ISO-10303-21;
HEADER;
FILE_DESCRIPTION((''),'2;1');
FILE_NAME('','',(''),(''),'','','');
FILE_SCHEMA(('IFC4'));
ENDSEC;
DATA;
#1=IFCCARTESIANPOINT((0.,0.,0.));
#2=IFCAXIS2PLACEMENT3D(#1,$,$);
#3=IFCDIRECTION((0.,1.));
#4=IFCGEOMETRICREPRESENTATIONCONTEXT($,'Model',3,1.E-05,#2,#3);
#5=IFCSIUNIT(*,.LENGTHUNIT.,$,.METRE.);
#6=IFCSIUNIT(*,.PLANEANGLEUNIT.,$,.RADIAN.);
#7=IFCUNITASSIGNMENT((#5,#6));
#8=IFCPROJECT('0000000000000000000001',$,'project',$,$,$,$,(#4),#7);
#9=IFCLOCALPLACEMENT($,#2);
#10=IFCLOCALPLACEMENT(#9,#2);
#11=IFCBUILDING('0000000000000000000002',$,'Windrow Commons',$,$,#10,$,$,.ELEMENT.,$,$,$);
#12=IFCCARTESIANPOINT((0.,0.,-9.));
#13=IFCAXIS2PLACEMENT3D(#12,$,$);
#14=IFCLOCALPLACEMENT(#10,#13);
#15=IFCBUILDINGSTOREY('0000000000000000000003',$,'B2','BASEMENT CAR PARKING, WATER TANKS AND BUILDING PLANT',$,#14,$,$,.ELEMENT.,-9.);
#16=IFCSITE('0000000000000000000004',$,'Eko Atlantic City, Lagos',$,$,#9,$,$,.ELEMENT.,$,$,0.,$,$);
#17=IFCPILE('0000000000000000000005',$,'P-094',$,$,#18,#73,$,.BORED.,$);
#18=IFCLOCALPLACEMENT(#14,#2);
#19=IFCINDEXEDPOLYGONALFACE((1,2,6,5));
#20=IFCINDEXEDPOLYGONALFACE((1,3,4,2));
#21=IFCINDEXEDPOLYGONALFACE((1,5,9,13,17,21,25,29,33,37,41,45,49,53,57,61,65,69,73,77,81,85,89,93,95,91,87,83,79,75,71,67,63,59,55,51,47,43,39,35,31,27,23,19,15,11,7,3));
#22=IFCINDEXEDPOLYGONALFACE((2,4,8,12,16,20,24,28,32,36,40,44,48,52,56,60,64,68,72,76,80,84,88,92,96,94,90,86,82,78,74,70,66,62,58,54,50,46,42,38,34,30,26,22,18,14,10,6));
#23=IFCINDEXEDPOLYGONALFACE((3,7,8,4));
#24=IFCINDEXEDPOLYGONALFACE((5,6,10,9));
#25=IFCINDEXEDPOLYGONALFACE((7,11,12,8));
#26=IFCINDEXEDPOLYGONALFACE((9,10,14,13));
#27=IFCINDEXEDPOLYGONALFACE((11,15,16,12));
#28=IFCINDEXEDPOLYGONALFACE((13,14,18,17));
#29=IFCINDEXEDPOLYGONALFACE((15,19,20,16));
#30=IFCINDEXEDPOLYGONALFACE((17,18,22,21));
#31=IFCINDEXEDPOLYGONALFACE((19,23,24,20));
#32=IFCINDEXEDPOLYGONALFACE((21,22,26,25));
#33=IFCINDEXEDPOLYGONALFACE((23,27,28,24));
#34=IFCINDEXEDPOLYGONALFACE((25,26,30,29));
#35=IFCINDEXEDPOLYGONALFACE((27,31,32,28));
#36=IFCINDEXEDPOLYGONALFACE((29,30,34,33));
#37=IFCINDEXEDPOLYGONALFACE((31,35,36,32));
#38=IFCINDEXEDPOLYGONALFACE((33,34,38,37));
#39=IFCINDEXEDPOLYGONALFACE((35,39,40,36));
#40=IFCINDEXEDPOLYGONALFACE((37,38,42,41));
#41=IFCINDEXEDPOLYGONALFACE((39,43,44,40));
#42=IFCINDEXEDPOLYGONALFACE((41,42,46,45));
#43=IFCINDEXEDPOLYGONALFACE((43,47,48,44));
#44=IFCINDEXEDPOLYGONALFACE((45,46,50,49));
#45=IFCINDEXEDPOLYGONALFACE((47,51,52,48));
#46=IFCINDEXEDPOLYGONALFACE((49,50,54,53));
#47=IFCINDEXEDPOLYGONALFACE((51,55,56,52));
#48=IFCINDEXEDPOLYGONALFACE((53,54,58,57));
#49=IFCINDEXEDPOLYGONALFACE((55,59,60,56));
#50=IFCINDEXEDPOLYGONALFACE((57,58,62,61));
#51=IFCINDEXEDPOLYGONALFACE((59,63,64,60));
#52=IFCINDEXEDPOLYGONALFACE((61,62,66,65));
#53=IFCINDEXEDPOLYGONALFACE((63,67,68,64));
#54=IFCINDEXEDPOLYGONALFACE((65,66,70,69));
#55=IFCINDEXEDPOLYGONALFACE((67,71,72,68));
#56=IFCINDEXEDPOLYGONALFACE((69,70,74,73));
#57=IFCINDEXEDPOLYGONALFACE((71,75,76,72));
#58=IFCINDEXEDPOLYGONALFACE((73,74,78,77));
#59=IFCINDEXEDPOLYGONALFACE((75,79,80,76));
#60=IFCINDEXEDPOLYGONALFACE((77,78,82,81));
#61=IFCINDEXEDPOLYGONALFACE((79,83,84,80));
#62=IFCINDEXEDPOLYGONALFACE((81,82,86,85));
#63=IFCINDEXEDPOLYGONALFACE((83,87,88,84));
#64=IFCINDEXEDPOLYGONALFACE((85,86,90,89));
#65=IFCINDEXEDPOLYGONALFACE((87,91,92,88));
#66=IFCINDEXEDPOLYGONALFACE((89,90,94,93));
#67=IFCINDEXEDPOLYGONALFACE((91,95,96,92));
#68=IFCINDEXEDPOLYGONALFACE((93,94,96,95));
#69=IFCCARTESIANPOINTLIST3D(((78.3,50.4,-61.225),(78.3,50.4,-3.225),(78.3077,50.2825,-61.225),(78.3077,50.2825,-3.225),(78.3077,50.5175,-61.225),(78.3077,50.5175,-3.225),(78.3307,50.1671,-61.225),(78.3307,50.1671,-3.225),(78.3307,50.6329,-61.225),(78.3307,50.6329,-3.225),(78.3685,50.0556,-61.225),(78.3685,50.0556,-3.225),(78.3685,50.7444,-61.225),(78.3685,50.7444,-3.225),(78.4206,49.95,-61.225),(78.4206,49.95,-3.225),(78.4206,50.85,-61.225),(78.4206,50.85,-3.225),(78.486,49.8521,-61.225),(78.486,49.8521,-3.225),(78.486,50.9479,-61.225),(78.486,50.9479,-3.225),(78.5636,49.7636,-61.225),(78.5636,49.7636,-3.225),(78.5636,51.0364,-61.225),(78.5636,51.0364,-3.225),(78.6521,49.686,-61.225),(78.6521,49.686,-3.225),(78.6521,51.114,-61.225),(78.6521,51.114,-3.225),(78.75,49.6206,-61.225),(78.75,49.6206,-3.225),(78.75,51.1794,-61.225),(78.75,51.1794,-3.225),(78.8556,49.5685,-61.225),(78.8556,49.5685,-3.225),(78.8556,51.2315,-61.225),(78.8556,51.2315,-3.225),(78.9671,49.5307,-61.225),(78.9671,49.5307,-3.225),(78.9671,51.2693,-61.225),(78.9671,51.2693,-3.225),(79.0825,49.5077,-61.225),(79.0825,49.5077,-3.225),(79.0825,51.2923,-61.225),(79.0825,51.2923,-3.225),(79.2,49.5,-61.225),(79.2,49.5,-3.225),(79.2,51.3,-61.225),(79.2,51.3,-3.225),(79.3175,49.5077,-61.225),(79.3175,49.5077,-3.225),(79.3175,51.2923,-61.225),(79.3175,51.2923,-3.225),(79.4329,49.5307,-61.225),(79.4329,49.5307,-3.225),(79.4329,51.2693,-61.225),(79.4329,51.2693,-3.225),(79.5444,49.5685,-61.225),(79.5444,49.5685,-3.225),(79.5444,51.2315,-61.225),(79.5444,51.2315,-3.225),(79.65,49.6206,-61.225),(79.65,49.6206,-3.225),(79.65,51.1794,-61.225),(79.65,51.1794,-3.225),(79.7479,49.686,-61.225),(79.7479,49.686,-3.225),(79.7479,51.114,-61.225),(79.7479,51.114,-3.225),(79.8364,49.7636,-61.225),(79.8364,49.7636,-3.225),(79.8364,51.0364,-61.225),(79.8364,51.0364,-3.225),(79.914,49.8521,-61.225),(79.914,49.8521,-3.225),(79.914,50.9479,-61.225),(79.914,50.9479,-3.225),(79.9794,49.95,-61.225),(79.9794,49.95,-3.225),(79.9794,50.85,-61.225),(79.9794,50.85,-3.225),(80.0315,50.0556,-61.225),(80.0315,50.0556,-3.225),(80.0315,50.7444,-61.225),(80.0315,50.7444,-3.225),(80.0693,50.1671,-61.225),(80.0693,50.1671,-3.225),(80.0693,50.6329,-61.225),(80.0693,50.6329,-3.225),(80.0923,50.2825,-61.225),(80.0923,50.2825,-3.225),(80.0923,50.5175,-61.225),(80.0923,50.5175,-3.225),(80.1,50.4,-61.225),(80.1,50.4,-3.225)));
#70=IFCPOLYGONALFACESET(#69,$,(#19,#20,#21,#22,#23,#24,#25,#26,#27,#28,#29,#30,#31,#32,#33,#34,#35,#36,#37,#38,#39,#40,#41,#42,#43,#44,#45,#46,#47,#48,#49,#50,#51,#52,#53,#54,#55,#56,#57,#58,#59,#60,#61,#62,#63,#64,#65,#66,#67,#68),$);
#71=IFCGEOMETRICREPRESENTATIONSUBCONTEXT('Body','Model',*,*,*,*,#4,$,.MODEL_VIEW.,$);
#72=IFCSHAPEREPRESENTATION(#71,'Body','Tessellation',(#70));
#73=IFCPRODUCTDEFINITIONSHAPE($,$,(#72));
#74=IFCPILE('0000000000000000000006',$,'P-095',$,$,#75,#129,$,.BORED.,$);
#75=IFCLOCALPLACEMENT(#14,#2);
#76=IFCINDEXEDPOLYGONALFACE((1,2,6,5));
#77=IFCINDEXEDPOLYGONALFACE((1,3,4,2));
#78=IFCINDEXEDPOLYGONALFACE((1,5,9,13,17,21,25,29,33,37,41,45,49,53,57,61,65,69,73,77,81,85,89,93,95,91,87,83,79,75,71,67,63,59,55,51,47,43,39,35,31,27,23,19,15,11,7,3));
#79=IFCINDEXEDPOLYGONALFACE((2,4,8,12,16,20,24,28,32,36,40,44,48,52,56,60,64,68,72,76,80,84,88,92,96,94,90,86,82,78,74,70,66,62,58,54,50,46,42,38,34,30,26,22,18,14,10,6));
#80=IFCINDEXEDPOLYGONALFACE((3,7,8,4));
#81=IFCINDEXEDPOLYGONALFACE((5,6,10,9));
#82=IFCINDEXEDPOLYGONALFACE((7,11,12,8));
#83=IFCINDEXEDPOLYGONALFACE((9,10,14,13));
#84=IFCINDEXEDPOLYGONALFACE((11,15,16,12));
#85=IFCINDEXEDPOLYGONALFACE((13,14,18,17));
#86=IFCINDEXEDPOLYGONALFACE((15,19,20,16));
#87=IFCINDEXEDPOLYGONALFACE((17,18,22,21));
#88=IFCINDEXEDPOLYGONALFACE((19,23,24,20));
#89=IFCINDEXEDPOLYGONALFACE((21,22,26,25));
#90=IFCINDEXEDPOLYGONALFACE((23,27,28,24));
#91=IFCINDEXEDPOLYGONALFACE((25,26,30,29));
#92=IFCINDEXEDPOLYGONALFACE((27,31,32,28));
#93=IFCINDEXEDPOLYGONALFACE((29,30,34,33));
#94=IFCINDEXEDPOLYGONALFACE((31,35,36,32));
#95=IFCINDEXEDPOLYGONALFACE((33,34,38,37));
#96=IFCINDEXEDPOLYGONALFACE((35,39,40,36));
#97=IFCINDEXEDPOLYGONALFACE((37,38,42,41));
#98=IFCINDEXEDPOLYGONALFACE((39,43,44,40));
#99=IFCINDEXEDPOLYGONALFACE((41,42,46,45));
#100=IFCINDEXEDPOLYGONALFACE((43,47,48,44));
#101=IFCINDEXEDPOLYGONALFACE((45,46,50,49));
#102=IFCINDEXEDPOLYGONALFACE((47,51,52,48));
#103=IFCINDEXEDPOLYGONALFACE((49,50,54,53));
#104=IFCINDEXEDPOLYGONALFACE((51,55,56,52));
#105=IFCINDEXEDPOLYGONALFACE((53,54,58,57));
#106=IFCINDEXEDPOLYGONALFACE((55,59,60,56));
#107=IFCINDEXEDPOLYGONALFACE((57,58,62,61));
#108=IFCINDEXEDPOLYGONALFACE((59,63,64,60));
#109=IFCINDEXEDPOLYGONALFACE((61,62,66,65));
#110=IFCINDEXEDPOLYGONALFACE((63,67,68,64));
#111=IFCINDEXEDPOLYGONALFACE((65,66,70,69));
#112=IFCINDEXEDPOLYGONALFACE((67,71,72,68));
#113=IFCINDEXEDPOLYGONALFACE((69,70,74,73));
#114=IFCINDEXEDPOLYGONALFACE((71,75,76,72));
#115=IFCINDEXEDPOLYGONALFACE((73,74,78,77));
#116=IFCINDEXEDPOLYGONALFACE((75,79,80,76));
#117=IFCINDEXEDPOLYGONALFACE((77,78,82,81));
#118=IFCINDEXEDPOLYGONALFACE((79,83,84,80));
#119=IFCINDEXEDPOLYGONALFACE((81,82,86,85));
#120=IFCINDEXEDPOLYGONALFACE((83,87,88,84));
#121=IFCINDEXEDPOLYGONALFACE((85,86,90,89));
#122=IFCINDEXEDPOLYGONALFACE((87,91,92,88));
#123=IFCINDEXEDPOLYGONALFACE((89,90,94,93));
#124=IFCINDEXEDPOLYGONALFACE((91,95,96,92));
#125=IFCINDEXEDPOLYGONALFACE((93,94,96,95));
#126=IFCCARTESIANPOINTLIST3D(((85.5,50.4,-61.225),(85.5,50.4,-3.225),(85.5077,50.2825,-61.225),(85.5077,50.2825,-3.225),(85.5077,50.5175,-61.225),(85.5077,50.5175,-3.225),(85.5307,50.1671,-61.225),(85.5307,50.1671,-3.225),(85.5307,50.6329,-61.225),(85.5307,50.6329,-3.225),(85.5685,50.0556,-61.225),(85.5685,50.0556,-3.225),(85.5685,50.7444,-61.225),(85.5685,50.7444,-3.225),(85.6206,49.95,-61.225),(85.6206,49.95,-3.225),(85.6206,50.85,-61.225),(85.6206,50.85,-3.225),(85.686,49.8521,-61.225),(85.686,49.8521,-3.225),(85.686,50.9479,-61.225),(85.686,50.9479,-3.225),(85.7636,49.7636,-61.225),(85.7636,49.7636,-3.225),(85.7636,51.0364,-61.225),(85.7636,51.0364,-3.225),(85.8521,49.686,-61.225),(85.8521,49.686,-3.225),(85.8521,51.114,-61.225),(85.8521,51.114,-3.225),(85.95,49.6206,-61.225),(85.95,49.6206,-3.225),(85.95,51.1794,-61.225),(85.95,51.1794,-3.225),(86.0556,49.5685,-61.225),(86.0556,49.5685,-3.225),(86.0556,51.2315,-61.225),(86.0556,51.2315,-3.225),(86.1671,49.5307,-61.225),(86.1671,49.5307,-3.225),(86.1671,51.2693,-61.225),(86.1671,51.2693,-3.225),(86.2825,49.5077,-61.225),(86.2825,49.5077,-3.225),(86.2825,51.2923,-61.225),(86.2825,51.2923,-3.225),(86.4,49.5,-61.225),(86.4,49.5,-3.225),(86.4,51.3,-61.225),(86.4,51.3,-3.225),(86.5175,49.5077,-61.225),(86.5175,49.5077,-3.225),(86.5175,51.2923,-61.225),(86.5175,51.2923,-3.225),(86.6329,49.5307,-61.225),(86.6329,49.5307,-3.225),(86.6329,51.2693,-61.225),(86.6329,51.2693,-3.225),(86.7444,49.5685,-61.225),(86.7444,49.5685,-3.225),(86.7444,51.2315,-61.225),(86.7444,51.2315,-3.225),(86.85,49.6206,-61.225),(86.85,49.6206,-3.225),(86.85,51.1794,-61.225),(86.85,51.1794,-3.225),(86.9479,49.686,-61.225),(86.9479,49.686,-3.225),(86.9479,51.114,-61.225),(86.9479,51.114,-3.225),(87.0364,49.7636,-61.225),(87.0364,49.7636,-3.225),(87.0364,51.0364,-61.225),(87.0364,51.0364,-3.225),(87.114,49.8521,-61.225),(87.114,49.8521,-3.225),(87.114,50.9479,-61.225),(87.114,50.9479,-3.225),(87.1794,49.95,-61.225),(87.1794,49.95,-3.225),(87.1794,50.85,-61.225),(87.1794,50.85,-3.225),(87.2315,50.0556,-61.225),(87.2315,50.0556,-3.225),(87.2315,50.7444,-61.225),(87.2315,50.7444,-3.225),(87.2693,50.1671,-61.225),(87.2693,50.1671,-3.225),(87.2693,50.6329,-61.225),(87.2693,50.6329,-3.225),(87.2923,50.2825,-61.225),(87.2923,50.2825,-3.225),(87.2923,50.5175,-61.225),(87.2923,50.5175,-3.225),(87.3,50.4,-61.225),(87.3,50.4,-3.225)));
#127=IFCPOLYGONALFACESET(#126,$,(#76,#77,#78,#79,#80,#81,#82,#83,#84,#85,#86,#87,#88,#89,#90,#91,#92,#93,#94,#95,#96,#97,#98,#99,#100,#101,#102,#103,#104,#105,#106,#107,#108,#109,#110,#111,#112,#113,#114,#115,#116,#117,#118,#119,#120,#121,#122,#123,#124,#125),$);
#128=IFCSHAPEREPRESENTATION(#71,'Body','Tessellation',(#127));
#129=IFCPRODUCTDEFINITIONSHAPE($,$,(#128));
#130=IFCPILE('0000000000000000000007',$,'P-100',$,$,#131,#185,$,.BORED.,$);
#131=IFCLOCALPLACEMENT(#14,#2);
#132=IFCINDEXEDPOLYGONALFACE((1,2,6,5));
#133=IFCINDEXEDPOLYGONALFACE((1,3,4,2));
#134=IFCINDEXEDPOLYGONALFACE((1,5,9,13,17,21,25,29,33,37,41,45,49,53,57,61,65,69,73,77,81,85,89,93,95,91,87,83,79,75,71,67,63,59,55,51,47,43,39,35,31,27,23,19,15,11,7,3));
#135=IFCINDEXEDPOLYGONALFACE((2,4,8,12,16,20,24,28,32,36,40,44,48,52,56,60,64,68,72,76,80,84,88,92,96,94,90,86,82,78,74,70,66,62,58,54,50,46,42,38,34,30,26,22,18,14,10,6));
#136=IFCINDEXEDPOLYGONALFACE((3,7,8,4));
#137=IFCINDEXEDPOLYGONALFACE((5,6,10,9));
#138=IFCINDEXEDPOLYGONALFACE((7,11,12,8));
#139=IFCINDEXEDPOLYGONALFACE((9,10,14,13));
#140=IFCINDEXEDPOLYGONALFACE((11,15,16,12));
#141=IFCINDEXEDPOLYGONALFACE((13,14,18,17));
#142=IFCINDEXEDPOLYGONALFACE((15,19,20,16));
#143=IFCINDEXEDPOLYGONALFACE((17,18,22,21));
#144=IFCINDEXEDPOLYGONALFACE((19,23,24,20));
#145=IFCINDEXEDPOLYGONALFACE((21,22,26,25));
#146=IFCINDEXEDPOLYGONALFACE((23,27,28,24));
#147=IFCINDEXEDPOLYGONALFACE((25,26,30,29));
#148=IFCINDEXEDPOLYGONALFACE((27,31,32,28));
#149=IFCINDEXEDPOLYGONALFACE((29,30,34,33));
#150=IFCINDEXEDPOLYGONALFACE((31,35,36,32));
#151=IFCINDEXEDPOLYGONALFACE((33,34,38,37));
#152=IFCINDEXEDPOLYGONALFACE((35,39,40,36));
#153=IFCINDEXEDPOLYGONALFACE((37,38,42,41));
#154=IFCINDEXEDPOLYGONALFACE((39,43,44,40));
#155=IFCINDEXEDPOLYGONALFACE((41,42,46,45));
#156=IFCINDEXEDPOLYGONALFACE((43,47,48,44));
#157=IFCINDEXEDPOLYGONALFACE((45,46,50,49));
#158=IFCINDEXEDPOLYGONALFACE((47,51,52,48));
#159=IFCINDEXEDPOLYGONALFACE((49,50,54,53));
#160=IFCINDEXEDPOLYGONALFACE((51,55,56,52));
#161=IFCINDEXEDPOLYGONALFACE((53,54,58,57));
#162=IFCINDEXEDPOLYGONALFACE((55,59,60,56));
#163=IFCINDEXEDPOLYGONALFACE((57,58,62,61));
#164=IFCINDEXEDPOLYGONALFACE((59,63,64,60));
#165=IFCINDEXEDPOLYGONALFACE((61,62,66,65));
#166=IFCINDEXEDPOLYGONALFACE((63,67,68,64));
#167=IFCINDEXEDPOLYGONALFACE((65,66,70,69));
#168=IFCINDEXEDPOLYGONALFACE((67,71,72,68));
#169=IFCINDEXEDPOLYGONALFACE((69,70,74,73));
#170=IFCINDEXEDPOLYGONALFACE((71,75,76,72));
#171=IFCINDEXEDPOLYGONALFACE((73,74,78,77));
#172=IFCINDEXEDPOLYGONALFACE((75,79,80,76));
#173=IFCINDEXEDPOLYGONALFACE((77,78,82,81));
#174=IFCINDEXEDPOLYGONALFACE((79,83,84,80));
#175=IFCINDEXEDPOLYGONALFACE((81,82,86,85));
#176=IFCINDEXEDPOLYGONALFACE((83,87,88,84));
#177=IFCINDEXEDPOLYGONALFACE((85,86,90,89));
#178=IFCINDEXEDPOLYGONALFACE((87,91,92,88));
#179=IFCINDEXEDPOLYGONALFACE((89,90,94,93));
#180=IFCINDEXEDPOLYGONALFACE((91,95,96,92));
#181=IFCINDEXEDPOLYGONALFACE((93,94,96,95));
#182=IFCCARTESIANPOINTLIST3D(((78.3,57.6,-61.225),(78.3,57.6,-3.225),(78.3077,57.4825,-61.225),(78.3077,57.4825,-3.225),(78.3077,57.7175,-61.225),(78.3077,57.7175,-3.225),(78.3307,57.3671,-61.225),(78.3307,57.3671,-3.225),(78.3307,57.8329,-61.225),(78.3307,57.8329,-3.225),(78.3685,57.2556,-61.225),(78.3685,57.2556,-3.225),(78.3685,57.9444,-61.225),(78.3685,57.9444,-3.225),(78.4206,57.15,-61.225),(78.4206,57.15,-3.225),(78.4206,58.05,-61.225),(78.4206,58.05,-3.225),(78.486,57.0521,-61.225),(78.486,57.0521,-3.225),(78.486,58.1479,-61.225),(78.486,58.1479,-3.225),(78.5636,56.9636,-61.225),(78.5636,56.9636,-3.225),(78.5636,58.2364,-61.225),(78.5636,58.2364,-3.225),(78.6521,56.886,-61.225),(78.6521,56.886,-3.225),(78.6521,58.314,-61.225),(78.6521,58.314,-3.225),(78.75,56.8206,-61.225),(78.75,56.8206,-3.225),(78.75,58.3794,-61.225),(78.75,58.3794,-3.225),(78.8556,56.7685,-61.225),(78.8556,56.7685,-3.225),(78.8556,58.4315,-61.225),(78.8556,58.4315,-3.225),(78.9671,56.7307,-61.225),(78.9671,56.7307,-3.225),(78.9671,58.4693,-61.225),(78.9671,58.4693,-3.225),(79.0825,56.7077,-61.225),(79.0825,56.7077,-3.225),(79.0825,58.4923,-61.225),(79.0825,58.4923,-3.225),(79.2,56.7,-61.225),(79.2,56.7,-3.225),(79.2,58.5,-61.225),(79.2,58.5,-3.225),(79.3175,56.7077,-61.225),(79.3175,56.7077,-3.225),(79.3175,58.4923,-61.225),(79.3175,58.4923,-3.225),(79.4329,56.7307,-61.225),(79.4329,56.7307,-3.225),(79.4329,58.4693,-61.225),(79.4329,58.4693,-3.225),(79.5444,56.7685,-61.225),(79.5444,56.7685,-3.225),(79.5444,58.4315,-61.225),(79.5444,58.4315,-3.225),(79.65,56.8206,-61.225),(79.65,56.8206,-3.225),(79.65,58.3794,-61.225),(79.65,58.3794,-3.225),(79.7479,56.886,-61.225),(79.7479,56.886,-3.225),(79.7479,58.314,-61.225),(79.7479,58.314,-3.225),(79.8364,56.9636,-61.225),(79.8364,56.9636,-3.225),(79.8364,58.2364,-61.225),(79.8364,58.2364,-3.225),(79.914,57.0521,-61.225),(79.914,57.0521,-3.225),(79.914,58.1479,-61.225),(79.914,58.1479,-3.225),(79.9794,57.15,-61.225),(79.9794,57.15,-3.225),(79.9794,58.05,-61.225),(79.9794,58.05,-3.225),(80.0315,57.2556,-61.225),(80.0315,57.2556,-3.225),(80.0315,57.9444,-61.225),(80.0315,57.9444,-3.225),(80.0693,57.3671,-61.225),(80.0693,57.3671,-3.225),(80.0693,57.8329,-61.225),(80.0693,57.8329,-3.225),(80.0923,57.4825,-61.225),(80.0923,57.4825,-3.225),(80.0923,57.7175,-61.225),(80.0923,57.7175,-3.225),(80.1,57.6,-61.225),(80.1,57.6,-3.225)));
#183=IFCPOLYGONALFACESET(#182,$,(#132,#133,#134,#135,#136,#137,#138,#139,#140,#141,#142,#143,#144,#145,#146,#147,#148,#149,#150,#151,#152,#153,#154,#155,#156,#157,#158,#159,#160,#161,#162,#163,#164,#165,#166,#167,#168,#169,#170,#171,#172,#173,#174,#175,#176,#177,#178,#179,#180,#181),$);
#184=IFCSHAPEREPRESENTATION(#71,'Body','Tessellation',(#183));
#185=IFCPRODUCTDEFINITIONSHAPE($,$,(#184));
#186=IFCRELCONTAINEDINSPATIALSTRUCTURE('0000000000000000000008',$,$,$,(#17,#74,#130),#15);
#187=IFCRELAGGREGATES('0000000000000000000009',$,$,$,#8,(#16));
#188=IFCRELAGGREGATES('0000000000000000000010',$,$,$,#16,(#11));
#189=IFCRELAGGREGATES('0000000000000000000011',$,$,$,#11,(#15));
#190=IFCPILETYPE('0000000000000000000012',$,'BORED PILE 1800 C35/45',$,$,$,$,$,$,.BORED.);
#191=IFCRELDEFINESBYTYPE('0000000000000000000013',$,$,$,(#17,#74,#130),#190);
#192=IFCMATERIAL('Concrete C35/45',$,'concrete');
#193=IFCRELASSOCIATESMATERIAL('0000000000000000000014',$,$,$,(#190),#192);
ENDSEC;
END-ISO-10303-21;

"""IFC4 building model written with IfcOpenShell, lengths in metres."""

from ifc_helpers import new_model, si_unit, direction, frame, origin, origin_2d, place, context, subcontext, project, spatial, circle, extrude, material, material_profile, profile_set, type_object, element, save


model = new_model("IFC4")

# Units and contexts
model_context = context("Model", 3, precision=1e-05, world=origin(), true_north=direction((0.0, 1.0)))
body_context = subcontext(model_context, "Body", "Model", "MODEL_VIEW")
ifc_project = project(units=[si_unit("LENGTHUNIT", "METRE"), si_unit("PLANEANGLEUNIT", "RADIAN")], contexts=[model_context])

# Site, building, storey
site_placement = place(None, origin())
site = spatial("IfcSite", under=ifc_project, at=site_placement, Name="Eko Atlantic City, Lagos", CompositionType="ELEMENT", RefElevation=0.0)
building_placement = place(site_placement, origin())
building = spatial("IfcBuilding", under=site, at=building_placement, Name="Windrow Commons", CompositionType="ELEMENT")
storey_placement = place(building_placement, frame((0.0, 0.0, -9.0)))
storey = spatial("IfcBuildingStorey", under=building, at=storey_placement, Name="B2", Description="BASEMENT CAR PARKING, WATER TANKS AND BUILDING PLANT", CompositionType="ELEMENT", Elevation=-9.0)

# Piles
ifc_material_1 = material(Name="Concrete C35/45", Category="concrete")
ifc_material_profile_1 = material_profile(ifc_material_1, circle(Radius=0.9, at=origin_2d()))
ifc_profile_set_1 = profile_set([ifc_material_profile_1], Name="Concrete C35/45")
pile_type = type_object("IfcPileType", Name="BORED PILE 1800 C35/45", PredefinedType="BORED", material=ifc_profile_set_1)
for number, where, z_axis, x_axis, name in (
    (1, (79.2, 50.4, -3.225), (0.0, 0.0, -1.0), (1.0, 0.0, 0.0), "P-094"),
    (2, (86.4, 50.4, -3.225), (0.0, 0.0, -1.0), (1.0, 0.0, 0.0), "P-095"),
    (3, (79.2, 57.6, -3.225), (0.0, 0.0, -1.0), (1.0, 0.0, 0.0), "P-100"),
):
    element("IfcPile", number, at=place(storey_placement, frame(where, z_axis=z_axis, x_axis=x_axis)), inside=storey, type_object=pile_type, Name=name, PredefinedType="BORED", context=body_context, shape_type="SweptSolid", body=[
        extrude(circle(Radius=0.9, at=origin_2d()), origin(), (0.0, 0.0, 1.0), 58.0),
    ])

save(model, "model.ifc")
